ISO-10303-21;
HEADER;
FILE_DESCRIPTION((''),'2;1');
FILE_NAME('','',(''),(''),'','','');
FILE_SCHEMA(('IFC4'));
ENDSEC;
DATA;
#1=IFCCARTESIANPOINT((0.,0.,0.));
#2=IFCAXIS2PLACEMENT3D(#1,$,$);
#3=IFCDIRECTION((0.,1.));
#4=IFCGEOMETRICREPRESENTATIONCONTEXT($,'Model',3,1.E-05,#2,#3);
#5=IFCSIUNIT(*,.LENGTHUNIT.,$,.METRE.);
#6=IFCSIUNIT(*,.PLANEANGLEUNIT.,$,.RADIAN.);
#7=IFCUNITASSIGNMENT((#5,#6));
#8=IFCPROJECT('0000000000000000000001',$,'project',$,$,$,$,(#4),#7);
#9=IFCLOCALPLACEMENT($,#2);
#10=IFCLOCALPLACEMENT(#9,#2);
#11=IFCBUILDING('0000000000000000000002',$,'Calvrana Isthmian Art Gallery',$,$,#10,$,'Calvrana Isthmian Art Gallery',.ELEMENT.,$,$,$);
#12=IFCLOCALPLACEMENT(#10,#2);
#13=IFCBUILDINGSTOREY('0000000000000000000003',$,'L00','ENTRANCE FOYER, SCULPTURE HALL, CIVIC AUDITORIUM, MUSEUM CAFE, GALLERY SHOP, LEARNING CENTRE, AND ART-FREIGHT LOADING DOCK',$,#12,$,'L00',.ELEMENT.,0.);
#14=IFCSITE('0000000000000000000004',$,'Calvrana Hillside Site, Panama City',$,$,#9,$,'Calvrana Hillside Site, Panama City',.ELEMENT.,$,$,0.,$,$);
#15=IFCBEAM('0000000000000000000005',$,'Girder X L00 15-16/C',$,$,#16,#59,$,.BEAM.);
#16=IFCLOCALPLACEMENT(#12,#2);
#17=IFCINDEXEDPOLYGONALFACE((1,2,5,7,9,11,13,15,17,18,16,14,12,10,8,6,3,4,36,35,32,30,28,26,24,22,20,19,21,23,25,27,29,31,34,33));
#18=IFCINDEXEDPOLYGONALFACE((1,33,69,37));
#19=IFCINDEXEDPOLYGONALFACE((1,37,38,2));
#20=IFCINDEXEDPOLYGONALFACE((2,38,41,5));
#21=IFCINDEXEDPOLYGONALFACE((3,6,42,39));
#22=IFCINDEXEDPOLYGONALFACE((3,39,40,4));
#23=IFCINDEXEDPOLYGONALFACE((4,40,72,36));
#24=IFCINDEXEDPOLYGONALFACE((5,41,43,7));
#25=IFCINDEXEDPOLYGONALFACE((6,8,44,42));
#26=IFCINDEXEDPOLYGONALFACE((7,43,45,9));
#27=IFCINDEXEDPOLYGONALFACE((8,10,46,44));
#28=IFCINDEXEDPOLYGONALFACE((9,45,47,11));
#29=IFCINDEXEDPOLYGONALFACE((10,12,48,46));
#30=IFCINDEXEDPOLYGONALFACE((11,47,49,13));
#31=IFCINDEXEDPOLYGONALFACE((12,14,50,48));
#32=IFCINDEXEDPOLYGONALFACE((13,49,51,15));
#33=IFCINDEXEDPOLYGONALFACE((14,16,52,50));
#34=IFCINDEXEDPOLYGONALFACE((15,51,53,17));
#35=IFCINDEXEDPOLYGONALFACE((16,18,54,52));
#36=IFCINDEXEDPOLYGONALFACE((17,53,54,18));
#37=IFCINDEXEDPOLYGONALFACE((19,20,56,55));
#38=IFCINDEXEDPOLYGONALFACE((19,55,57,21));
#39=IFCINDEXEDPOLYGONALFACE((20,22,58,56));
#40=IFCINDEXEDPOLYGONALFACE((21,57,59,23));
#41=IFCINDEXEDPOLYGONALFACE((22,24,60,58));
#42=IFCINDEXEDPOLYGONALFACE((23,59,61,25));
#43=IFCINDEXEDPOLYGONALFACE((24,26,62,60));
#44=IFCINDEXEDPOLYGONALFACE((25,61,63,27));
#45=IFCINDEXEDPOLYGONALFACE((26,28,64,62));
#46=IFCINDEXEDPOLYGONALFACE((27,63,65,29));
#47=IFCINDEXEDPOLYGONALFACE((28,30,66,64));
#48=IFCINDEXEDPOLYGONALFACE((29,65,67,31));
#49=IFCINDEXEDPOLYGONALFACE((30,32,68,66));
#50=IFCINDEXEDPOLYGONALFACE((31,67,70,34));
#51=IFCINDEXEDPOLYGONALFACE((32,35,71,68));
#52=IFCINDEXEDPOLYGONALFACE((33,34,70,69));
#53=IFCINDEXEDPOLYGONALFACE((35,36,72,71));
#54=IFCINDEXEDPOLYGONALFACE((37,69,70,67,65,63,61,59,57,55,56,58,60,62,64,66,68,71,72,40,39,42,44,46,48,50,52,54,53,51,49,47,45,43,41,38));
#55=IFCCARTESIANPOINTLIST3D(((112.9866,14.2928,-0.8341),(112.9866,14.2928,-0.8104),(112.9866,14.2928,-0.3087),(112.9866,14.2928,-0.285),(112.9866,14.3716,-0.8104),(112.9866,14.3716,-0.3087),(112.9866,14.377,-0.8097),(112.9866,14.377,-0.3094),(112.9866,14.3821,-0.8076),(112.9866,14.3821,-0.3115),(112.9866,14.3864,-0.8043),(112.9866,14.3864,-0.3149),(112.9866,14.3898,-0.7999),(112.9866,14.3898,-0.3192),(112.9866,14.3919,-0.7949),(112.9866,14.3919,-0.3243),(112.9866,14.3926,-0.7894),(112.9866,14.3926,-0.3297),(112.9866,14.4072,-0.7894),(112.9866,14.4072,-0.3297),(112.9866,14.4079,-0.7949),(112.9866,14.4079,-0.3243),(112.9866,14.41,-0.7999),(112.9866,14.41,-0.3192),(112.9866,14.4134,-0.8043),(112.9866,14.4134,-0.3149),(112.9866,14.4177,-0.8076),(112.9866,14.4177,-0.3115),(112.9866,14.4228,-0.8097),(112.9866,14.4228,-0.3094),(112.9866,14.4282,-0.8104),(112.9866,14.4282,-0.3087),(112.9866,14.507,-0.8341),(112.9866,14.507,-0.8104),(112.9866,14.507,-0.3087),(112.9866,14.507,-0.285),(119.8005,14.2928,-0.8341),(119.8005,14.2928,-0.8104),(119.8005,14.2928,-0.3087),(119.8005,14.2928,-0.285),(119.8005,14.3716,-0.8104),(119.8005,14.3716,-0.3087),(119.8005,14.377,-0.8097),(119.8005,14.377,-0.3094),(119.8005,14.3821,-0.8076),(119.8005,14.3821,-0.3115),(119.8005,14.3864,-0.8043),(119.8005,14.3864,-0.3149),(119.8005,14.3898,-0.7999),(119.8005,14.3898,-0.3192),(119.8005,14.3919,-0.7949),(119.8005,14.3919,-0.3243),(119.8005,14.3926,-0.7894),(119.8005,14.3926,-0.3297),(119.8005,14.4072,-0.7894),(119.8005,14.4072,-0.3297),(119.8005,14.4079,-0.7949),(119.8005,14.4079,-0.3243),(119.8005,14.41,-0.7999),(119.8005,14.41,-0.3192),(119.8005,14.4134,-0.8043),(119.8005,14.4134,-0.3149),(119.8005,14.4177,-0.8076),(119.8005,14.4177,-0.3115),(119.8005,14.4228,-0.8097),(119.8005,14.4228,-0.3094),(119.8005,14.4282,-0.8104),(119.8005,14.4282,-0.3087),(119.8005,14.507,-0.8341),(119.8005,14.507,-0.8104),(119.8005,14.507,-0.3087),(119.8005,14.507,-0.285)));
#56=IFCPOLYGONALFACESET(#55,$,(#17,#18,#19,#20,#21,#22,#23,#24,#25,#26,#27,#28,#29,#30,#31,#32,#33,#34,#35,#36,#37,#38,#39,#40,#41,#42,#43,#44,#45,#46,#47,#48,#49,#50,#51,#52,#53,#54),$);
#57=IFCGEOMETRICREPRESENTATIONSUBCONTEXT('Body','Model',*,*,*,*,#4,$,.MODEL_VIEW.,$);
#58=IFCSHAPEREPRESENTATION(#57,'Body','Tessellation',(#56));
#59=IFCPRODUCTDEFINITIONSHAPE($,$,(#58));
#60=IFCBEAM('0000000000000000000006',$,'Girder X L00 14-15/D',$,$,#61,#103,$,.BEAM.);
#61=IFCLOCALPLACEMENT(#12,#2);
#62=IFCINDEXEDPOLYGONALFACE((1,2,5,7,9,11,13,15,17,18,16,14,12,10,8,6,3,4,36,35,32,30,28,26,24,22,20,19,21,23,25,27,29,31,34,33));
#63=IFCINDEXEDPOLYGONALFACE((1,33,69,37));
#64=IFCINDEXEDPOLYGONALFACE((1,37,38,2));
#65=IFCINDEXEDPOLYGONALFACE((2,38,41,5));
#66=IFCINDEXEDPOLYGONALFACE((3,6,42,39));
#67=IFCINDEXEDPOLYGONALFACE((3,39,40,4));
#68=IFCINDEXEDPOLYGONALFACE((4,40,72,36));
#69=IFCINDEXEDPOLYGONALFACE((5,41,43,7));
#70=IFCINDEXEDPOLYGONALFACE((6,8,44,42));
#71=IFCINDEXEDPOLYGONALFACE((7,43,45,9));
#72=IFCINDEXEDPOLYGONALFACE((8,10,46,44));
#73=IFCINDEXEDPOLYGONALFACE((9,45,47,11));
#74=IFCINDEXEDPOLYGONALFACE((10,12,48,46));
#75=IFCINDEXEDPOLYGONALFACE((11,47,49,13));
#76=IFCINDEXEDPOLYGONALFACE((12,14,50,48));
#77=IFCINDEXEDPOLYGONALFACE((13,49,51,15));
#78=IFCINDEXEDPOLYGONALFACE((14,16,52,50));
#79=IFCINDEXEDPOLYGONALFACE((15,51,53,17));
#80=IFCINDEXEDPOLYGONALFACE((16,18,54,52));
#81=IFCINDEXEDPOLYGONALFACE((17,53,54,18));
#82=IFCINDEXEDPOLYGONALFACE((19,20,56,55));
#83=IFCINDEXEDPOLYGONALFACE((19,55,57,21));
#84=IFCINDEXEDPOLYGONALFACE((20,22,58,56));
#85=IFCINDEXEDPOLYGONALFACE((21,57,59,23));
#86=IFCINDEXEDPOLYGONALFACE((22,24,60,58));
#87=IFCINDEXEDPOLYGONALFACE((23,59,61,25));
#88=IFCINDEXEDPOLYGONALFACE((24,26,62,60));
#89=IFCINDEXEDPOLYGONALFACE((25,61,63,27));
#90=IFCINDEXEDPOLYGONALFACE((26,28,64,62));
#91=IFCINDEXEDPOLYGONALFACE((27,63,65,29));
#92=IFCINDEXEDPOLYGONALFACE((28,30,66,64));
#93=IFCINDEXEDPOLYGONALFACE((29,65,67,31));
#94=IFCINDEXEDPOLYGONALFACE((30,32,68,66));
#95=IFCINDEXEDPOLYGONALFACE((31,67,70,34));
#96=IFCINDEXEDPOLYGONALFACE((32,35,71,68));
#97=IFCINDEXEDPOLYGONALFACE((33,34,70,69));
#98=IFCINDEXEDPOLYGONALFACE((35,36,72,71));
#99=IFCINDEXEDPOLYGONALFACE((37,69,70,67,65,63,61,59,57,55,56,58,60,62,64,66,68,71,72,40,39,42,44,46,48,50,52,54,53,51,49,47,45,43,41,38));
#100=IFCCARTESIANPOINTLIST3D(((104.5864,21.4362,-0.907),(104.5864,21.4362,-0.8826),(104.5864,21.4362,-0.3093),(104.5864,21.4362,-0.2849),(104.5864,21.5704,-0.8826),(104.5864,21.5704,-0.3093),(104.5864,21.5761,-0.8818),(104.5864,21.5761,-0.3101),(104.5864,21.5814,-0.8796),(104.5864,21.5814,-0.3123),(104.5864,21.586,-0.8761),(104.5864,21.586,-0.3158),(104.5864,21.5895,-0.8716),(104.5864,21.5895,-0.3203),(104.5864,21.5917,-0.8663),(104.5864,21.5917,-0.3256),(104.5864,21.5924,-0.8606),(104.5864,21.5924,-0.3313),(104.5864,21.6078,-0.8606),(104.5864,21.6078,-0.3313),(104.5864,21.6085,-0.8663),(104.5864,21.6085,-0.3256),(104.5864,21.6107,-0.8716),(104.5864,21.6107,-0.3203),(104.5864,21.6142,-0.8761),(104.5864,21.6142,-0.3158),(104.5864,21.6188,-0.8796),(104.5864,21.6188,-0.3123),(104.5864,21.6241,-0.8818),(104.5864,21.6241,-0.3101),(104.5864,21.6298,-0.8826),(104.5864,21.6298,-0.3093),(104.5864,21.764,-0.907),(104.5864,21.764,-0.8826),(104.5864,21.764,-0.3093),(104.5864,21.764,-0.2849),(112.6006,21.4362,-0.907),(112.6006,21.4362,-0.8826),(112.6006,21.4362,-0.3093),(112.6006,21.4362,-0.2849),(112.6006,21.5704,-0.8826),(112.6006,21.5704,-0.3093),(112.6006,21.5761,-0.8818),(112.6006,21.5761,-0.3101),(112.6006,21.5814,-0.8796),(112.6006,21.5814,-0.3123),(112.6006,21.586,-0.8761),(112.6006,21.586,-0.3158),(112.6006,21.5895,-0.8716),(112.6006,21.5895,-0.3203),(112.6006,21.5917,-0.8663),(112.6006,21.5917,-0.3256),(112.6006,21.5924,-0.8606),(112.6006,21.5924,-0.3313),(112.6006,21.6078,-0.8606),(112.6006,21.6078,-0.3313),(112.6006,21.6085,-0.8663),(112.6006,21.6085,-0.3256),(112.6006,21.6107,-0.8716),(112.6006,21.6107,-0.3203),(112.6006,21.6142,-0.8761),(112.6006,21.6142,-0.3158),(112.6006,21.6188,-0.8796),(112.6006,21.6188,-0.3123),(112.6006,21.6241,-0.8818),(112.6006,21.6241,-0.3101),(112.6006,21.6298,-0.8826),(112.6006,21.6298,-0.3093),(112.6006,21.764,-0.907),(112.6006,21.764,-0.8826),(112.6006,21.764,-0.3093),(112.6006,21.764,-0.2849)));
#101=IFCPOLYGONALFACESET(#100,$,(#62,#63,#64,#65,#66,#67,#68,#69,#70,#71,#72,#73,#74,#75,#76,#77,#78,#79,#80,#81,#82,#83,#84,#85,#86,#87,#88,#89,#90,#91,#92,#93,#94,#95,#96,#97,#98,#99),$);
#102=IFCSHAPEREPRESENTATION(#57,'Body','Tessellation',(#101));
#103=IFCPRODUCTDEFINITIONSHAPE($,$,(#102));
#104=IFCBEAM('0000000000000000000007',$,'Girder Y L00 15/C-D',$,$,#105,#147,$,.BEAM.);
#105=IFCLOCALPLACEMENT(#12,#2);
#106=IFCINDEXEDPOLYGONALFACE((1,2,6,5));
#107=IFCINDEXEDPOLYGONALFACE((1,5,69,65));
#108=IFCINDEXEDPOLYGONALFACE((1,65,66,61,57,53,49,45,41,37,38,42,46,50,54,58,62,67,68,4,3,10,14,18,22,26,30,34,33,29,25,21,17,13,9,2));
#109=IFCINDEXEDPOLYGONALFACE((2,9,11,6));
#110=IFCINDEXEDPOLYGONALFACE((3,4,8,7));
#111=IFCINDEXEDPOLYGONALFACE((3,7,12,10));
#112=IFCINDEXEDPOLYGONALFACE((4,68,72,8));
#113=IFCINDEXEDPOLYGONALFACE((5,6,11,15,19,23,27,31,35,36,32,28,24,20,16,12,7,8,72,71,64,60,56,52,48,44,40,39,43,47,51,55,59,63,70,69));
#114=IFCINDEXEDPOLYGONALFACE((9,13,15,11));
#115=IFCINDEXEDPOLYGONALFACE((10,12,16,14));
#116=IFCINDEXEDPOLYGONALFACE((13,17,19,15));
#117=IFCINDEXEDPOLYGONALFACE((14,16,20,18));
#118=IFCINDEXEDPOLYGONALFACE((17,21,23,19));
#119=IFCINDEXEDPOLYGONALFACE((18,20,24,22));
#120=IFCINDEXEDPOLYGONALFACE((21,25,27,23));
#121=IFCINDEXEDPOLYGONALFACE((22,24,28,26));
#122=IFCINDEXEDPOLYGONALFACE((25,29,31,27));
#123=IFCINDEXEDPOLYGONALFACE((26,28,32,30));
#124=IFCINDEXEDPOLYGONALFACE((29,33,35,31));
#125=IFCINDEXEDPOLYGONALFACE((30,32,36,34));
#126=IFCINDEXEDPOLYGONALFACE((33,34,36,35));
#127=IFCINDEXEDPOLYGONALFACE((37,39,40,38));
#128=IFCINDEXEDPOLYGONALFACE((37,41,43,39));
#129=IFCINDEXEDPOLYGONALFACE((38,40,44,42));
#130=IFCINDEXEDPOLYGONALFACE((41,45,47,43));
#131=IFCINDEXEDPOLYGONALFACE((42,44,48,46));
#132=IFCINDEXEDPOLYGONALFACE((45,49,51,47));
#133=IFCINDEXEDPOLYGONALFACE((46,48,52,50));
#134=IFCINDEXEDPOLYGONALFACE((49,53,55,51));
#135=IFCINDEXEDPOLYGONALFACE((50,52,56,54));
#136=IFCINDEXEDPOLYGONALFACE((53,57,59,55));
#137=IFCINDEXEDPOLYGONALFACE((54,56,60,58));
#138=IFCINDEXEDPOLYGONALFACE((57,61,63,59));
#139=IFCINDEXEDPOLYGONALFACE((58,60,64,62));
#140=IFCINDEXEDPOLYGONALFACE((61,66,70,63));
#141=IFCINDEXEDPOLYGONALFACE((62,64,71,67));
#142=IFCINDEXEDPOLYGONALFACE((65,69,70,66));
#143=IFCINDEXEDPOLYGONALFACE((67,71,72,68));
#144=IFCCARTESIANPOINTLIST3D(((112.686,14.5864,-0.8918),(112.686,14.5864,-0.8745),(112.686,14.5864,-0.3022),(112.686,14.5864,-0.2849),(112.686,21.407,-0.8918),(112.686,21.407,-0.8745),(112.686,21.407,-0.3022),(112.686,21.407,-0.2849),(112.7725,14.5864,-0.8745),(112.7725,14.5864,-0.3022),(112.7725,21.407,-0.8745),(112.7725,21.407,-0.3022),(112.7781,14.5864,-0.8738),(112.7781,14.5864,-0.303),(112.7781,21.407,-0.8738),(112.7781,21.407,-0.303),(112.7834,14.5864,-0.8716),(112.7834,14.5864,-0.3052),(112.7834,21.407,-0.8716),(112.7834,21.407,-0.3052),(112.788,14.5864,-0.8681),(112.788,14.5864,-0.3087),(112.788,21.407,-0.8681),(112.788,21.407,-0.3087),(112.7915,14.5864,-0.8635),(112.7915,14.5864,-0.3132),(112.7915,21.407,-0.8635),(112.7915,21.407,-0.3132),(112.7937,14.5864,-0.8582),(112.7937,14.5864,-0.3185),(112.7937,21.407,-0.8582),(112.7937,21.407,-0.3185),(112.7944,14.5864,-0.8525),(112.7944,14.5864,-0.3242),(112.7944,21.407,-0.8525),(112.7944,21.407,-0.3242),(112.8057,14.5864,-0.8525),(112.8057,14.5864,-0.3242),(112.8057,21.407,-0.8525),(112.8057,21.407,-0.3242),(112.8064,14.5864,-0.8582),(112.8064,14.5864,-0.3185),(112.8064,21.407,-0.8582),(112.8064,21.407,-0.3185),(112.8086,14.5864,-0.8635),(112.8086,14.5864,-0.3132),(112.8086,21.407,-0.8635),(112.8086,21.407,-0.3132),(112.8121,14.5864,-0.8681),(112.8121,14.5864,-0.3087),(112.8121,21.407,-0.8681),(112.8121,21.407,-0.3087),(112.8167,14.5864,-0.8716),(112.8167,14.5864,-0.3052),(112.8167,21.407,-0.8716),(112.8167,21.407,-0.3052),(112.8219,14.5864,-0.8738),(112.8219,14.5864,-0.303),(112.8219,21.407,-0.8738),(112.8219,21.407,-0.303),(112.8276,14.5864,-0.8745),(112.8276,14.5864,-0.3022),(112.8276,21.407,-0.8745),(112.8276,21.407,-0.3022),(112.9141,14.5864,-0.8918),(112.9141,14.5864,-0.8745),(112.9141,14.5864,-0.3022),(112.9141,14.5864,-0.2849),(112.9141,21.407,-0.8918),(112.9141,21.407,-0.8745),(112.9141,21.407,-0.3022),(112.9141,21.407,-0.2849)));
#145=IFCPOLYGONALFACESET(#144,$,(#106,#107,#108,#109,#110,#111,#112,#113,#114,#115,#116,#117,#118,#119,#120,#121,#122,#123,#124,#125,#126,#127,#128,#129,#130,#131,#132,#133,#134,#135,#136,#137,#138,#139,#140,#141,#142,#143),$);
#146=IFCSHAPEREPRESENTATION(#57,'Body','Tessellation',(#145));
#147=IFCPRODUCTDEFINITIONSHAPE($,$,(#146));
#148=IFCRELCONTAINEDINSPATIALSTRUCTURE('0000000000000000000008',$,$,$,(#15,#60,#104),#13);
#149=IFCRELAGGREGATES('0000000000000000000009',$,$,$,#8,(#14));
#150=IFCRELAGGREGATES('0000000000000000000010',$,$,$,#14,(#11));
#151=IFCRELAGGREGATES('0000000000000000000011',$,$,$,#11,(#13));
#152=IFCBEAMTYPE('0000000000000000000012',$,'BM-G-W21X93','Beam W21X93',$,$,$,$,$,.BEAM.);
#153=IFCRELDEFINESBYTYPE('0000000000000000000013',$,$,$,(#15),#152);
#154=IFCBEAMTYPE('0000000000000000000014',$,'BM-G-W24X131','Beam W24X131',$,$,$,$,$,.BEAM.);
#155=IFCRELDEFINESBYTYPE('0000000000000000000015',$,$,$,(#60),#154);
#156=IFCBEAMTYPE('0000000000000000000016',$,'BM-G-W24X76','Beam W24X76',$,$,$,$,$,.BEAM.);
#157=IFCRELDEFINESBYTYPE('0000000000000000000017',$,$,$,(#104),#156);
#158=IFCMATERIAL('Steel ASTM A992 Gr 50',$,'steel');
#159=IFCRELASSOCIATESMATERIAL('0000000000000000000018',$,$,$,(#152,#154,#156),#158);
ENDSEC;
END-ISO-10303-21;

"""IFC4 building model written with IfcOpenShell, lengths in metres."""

from ifc_helpers import new_model, si_unit, direction, frame, origin, origin_2d, place, context, subcontext, project, spatial, i_section, extrude, material, material_profile, profile_set, type_object, element, save


model = new_model("IFC4")

# Units and contexts
model_context = context("Model", 3, precision=1e-05, world=origin(), true_north=direction((0.0, 1.0)))
body_context = subcontext(model_context, "Body", "Model", "MODEL_VIEW")
ifc_project = project(units=[si_unit("LENGTHUNIT", "METRE"), si_unit("PLANEANGLEUNIT", "RADIAN")], contexts=[model_context])

# Site, building, storey
site_placement = place(None, origin())
site = spatial("IfcSite", under=ifc_project, at=site_placement, Name="Calvrana Hillside Site, Panama City", LongName="Calvrana Hillside Site, Panama City", CompositionType="ELEMENT", RefElevation=0.0)
building_placement = place(site_placement, origin())
building = spatial("IfcBuilding", under=site, at=building_placement, Name="Calvrana Isthmian Art Gallery", LongName="Calvrana Isthmian Art Gallery", CompositionType="ELEMENT")
storey_placement = place(building_placement, origin())
storey = spatial("IfcBuildingStorey", under=building, at=storey_placement, Name="L00", Description="ENTRANCE FOYER, SCULPTURE HALL, CIVIC AUDITORIUM, MUSEUM CAFE, GALLERY SHOP, LEARNING CENTRE, AND ART-FREIGHT LOADING DOCK", LongName="L00", CompositionType="ELEMENT", Elevation=0.0)

# Shared definitions
ifc_material_1 = material(Name="Steel ASTM A992 Gr 50", Category="steel")

# Beams
ifc_material_profile_1 = material_profile(ifc_material_1, i_section(OverallWidth=0.2141, OverallDepth=0.5491, WebThickness=0.0146, FlangeThickness=0.0237, FilletRadius=0.021, at=origin_2d()), Name="W21X93")
ifc_profile_set_1 = profile_set([ifc_material_profile_1], Name="Steel ASTM A992 Gr 50")
beam_type_1 = type_object("IfcBeamType", Name="BM-G-W21X93", Description="Beam W21X93", PredefinedType="BEAM", material=ifc_profile_set_1)
beam_1_placement = place(storey_placement, frame((112.9866, 14.3999, -0.5596), z_axis=(1.0, 0.0, 0.0), x_axis=(0.0, 1.0, 0.0)))
element("IfcBeam", 1, at=beam_1_placement, inside=storey, type_object=beam_type_1, Name="Girder X L00 15-16/C", PredefinedType="BEAM", context=body_context, shape_type="SweptSolid", body=[
    extrude(i_section(OverallWidth=0.2141, OverallDepth=0.5491, WebThickness=0.0146, FlangeThickness=0.0237, FilletRadius=0.021, at=origin_2d()), origin(), (0.0, 0.0, 1.0), 6.814),
])
ifc_material_profile_2 = material_profile(ifc_material_1, i_section(OverallWidth=0.3279, OverallDepth=0.6221, WebThickness=0.0154, FlangeThickness=0.0244, FilletRadius=0.022, at=origin_2d()), Name="W24X131")
ifc_profile_set_2 = profile_set([ifc_material_profile_2], Name="Steel ASTM A992 Gr 50")
beam_type_2 = type_object("IfcBeamType", Name="BM-G-W24X131", Description="Beam W24X131", PredefinedType="BEAM", material=ifc_profile_set_2)
beam_2_placement = place(storey_placement, frame((104.5864, 21.6001, -0.5959), z_axis=(1.0, 0.0, 0.0), x_axis=(0.0, 1.0, 0.0)))
element("IfcBeam", 2, at=beam_2_placement, inside=storey, type_object=beam_type_2, Name="Girder X L00 14-15/D", PredefinedType="BEAM", context=body_context, shape_type="SweptSolid", body=[
    extrude(i_section(OverallWidth=0.3279, OverallDepth=0.6221, WebThickness=0.0154, FlangeThickness=0.0244, FilletRadius=0.022, at=origin_2d()), origin(), (0.0, 0.0, 1.0), 8.0142),
])
ifc_material_profile_3 = material_profile(ifc_material_1, i_section(OverallWidth=0.228, OverallDepth=0.6069, WebThickness=0.0112, FlangeThickness=0.0173, FilletRadius=0.022, at=origin_2d()), Name="W24X76")
ifc_profile_set_3 = profile_set([ifc_material_profile_3], Name="Steel ASTM A992 Gr 50")
beam_type_3 = type_object("IfcBeamType", Name="BM-G-W24X76", Description="Beam W24X76", PredefinedType="BEAM", material=ifc_profile_set_3)
beam_3_placement = place(storey_placement, frame((112.8, 14.5864, -0.5884), z_axis=(0.0, 1.0, 0.0), x_axis=(-1.0, 0.0, 0.0)))
element("IfcBeam", 3, at=beam_3_placement, inside=storey, type_object=beam_type_3, Name="Girder Y L00 15/C-D", PredefinedType="BEAM", context=body_context, shape_type="SweptSolid", body=[
    extrude(i_section(OverallWidth=0.228, OverallDepth=0.6069, WebThickness=0.0112, FlangeThickness=0.0173, FilletRadius=0.022, at=origin_2d()), origin(), (0.0, 0.0, 1.0), 6.8206),
])

save(model, "model.ifc")
